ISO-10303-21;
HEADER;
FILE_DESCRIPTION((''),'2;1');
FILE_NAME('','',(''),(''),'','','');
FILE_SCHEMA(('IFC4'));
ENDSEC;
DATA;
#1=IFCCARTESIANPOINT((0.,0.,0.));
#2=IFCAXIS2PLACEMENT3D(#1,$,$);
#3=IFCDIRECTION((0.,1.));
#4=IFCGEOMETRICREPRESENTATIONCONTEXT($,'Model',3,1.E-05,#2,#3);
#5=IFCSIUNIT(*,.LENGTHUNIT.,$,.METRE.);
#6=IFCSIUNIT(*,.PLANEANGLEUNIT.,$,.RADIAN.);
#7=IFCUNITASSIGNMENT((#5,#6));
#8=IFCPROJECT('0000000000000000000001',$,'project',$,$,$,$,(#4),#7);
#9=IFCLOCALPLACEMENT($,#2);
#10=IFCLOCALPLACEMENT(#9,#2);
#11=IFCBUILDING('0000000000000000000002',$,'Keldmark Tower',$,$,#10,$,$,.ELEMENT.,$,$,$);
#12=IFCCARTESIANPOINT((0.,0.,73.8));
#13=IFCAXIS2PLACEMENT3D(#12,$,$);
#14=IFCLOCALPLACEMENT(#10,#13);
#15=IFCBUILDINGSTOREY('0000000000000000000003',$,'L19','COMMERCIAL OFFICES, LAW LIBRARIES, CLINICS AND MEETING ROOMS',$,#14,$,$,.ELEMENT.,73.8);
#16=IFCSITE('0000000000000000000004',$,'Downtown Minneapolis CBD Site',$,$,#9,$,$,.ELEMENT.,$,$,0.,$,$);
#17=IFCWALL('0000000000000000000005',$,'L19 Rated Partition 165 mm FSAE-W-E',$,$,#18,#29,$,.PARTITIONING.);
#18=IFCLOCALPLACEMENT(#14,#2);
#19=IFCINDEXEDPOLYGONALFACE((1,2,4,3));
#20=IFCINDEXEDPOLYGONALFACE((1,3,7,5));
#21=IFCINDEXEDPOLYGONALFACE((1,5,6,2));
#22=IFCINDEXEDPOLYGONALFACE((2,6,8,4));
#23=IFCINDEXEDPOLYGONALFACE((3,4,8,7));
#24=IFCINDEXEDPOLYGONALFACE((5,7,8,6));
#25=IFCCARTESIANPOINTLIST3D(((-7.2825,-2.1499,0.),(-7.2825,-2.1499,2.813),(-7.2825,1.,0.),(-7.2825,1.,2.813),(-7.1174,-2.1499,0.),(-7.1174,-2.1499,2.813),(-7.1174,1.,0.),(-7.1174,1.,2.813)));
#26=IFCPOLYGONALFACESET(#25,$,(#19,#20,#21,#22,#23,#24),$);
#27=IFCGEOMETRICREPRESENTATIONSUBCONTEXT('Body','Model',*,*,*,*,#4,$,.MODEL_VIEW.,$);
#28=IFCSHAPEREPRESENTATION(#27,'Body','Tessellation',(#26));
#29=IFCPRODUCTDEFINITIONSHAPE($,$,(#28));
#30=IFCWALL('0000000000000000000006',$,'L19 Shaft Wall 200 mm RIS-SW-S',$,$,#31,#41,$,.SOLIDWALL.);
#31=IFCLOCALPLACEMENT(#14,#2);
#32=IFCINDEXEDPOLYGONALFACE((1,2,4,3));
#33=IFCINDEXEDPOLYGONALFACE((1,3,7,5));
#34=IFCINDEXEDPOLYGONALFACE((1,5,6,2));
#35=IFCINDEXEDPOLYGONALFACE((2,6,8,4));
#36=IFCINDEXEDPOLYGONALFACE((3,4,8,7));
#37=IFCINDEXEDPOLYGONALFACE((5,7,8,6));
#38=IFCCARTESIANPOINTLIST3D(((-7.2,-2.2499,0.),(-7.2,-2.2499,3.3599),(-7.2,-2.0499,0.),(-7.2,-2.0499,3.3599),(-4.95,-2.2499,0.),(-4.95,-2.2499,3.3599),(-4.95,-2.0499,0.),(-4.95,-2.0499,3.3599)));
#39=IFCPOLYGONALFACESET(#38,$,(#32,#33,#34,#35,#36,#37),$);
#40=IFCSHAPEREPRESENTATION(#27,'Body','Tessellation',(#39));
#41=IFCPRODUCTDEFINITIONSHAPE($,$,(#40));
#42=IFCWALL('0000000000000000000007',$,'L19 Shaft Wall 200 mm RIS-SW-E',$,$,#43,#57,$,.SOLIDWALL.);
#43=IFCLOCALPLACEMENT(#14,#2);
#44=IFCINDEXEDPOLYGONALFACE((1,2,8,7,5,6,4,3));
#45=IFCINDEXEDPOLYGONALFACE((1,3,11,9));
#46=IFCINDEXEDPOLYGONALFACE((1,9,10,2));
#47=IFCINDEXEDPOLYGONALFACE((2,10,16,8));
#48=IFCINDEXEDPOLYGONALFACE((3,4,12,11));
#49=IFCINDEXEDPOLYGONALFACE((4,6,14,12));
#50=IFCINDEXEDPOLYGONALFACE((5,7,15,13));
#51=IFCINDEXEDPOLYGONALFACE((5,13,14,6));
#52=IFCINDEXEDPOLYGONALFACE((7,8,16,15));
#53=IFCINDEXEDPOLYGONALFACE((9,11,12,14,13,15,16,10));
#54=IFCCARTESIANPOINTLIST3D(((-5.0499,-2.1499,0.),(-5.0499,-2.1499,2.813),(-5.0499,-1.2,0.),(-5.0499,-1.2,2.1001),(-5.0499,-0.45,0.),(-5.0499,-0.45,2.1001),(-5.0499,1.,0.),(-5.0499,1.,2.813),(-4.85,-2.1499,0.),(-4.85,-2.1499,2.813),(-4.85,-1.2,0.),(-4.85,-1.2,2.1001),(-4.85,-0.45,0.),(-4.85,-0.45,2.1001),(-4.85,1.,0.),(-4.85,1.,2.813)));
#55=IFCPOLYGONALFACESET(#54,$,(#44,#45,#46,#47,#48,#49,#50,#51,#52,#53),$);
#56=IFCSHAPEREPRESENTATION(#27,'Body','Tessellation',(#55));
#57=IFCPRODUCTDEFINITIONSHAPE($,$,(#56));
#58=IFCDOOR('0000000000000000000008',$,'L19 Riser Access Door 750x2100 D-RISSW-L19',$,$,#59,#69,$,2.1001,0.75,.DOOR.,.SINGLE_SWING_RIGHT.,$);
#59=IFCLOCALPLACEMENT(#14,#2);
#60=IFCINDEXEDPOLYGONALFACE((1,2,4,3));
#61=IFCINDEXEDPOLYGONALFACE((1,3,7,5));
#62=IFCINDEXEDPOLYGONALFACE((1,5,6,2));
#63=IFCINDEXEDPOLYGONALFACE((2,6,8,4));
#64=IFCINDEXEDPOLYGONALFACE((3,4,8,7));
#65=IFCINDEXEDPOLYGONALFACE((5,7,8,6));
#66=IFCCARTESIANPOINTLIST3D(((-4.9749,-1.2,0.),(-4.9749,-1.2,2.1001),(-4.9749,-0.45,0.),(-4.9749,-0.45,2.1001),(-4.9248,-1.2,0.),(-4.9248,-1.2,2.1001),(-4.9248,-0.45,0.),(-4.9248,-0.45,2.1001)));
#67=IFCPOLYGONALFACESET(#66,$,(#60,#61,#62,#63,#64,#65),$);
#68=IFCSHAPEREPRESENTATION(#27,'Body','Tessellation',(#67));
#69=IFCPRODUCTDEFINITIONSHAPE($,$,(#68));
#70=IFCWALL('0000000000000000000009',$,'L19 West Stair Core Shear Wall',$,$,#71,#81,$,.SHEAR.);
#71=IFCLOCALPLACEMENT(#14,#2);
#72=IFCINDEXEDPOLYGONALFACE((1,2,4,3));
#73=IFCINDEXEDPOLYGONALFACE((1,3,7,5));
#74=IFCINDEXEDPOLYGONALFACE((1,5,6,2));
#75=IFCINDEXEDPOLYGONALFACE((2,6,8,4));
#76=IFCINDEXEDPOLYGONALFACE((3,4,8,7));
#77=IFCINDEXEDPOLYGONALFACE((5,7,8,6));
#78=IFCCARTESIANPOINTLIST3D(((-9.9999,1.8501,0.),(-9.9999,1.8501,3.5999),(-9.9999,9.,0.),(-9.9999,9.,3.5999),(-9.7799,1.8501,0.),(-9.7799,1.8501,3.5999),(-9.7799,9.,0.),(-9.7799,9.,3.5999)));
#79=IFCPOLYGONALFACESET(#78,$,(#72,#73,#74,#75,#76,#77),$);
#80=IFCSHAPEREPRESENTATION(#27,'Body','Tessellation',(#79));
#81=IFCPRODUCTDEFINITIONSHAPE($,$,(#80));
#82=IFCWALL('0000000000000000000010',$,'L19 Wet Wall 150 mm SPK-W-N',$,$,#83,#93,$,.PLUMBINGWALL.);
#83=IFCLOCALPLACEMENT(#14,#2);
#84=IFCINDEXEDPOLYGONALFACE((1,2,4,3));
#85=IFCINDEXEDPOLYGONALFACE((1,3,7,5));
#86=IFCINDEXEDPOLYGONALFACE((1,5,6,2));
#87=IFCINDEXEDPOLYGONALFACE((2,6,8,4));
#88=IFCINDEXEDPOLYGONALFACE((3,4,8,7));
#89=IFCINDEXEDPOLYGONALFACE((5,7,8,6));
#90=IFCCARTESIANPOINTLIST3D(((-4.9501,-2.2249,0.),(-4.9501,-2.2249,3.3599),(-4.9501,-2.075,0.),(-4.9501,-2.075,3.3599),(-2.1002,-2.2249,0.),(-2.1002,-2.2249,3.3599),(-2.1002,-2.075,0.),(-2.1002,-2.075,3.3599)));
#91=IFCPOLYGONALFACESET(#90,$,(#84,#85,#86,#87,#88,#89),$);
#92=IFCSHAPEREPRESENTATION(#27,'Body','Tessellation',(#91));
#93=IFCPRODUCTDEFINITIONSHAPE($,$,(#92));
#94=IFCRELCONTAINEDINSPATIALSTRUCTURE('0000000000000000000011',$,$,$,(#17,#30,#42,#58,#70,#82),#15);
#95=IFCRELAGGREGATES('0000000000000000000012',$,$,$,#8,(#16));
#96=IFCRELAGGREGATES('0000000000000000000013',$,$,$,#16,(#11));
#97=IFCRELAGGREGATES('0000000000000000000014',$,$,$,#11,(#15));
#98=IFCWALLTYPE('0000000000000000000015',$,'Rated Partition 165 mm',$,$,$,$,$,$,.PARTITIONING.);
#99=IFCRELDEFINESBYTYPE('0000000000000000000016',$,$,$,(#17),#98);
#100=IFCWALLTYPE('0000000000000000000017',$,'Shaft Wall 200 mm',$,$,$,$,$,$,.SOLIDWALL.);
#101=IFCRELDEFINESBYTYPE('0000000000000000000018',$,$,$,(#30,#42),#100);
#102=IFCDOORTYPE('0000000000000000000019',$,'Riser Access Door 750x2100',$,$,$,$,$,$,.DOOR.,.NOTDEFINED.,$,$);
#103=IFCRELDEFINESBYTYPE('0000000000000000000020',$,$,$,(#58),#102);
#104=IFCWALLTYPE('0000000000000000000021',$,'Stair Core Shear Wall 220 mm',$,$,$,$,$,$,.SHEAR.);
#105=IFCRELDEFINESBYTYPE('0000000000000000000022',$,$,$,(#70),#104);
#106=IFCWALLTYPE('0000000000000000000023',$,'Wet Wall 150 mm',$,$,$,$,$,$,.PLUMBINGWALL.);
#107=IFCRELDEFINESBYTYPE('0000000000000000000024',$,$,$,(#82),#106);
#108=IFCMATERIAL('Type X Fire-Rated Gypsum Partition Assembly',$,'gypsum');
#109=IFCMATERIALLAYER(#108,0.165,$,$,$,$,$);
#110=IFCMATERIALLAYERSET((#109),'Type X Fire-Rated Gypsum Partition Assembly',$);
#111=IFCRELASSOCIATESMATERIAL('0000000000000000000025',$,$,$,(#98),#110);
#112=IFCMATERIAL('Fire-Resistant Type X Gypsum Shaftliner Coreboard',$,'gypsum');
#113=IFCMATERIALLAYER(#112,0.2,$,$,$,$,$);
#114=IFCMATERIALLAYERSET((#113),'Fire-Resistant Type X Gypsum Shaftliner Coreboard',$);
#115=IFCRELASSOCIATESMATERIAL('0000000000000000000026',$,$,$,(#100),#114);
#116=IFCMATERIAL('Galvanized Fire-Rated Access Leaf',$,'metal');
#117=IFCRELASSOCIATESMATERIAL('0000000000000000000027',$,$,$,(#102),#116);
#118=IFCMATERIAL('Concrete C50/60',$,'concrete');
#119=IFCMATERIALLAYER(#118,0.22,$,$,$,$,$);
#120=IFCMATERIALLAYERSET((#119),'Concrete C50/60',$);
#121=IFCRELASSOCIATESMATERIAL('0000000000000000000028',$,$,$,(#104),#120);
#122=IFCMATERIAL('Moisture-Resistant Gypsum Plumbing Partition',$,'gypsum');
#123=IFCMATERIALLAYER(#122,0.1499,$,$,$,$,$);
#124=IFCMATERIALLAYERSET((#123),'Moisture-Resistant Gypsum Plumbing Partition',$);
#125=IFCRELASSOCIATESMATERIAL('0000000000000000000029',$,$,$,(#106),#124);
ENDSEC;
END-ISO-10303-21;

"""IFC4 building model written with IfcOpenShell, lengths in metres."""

from ifc_helpers import new_model, si_unit, direction, frame, frame_2d, origin, place, context, subcontext, project, spatial, rectangle, extrude, material, layer, layer_set, type_object, element, fill, save


model = new_model("IFC4")

# Units and contexts
model_context = context("Model", 3, precision=1e-05, world=origin(), true_north=direction((0.0, 1.0)))
body_context = subcontext(model_context, "Body", "Model", "MODEL_VIEW")
ifc_project = project(units=[si_unit("LENGTHUNIT", "METRE"), si_unit("PLANEANGLEUNIT", "RADIAN")], contexts=[model_context])

# Site, building, storey
site_placement = place(None, origin())
site = spatial("IfcSite", under=ifc_project, at=site_placement, Name="Downtown Minneapolis CBD Site", CompositionType="ELEMENT", RefElevation=0.0)
building_placement = place(site_placement, origin())
building = spatial("IfcBuilding", under=site, at=building_placement, Name="Keldmark Tower", CompositionType="ELEMENT")
storey_placement = place(building_placement, frame((0.0, 0.0, 73.8)))
storey = spatial("IfcBuildingStorey", under=building, at=storey_placement, Name="L19", Description="COMMERCIAL OFFICES, LAW LIBRARIES, CLINICS AND MEETING ROOMS", CompositionType="ELEMENT", Elevation=73.8)

# Shared definitions
ifc_material_1 = material(Name="Type X Fire-Rated Gypsum Partition Assembly", Category="gypsum")
ifc_layer_1 = layer(ifc_material_1, 0.165)
ifc_layer_set_1 = layer_set([ifc_layer_1], Name="Type X Fire-Rated Gypsum Partition Assembly")
wall_type_1 = type_object("IfcWallType", Name="Rated Partition 165 mm", PredefinedType="PARTITIONING", material=ifc_layer_set_1)

# Walls
wall_1_placement = place(storey_placement, frame((-7.2, -2.1499, 0.0), z_axis=(0.0, 0.0, 1.0), x_axis=(0.0, 1.0, 0.0)))
element("IfcWall", 1, at=wall_1_placement, inside=storey, type_object=wall_type_1, Name="L19 Rated Partition 165 mm FSAE-W-E", PredefinedType="PARTITIONING", context=body_context, shape_type="SweptSolid", body=[
    extrude(rectangle(XDim=3.1499, YDim=0.165, at=frame_2d((1.575, 0.0))), origin(), (0.0, 0.0, 1.0), 2.813),
])
ifc_material_2 = material(Name="Fire-Resistant Type X Gypsum Shaftliner Coreboard", Category="gypsum")
ifc_layer_2 = layer(ifc_material_2, 0.2)
ifc_layer_set_2 = layer_set([ifc_layer_2], Name="Fire-Resistant Type X Gypsum Shaftliner Coreboard")
wall_type_2 = type_object("IfcWallType", Name="Shaft Wall 200 mm", PredefinedType="SOLIDWALL", material=ifc_layer_set_2)
wall_2_placement = place(storey_placement, frame((-7.2, -2.1499, 0.0), z_axis=(0.0, 0.0, 1.0), x_axis=(1.0, 0.0, 0.0)))
element("IfcWall", 2, at=wall_2_placement, inside=storey, type_object=wall_type_2, Name="L19 Shaft Wall 200 mm RIS-SW-S", PredefinedType="SOLIDWALL", context=body_context, shape_type="SweptSolid", body=[
    extrude(rectangle(XDim=2.25, YDim=0.2, at=frame_2d((1.125, 0.0))), origin(), (0.0, 0.0, 1.0), 3.3599),
])

# Wall, opening, door
wall_3_placement = place(storey_placement, frame((-4.95, -2.1499, 0.0), z_axis=(0.0, 0.0, 1.0), x_axis=(0.0, 1.0, 0.0)))
wall_3 = element("IfcWall", 3, at=wall_3_placement, inside=storey, type_object=wall_type_2, Name="L19 Shaft Wall 200 mm RIS-SW-E", PredefinedType="SOLIDWALL", context=body_context, shape_type="SweptSolid", body=[
    extrude(rectangle(XDim=3.1499, YDim=0.2, at=frame_2d((1.575, 0.0))), origin(), (0.0, 0.0, 1.0), 2.813),
])
opening_1_placement = place(wall_3_placement, frame((0.95, 0.0, 0.0)))
opening_1 = element("IfcOpeningElement", 4, at=opening_1_placement, cuts=wall_3, PredefinedType="OPENING", context=body_context, shape_type="SweptSolid", body=[
    extrude(rectangle(XDim=0.75, YDim=2.1001, at=frame_2d((0.375, 1.05))), frame((0.0, 0.1099, 0.0), z_axis=(0.0, -1.0, 0.0), x_axis=(1.0, 0.0, 0.0)), (0.0, 0.0, 1.0), 0.22),
])
ifc_material_3 = material(Name="Galvanized Fire-Rated Access Leaf", Category="metal")
door_type_1 = type_object("IfcDoorType", Name="Riser Access Door 750x2100", OperationType="NOTDEFINED", PredefinedType="DOOR", material=ifc_material_3)
door_1_placement = place(opening_1_placement, origin())
door_1 = element("IfcDoor", 5, at=door_1_placement, inside=storey, type_object=door_type_1, Name="L19 Riser Access Door 750x2100 D-RISSW-L19", OperationType="SINGLE_SWING_RIGHT", OverallHeight=2.1001, OverallWidth=0.75, PredefinedType="DOOR", context=body_context, shape_type="SweptSolid", body=[
    extrude(rectangle(XDim=0.75, YDim=2.1001, at=frame_2d((0.375, 1.05))), frame((0.0, 0.0249, 0.0), z_axis=(0.0, -1.0, 0.0), x_axis=(1.0, 0.0, 0.0)), (0.0, 0.0, 1.0), 0.05),
])
fill(opening_1, door_1)

# Walls
ifc_material_4 = material(Name="Concrete C50/60", Category="concrete")
ifc_layer_3 = layer(ifc_material_4, 0.22)
ifc_layer_set_3 = layer_set([ifc_layer_3], Name="Concrete C50/60")
wall_type_3 = type_object("IfcWallType", Name="Stair Core Shear Wall 220 mm", PredefinedType="SHEAR", material=ifc_layer_set_3)
wall_4_placement = place(storey_placement, frame((-9.8899, 1.8501, 0.0), z_axis=(0.0, 0.0, 1.0), x_axis=(0.0, 1.0, 0.0)))
element("IfcWall", 6, at=wall_4_placement, inside=storey, type_object=wall_type_3, Name="L19 West Stair Core Shear Wall", PredefinedType="SHEAR", context=body_context, shape_type="SweptSolid", body=[
    extrude(rectangle(XDim=7.1499, YDim=0.22, at=frame_2d((3.575, 0.0))), origin(), (0.0, 0.0, 1.0), 3.5999),
])
ifc_material_5 = material(Name="Moisture-Resistant Gypsum Plumbing Partition", Category="gypsum")
ifc_layer_4 = layer(ifc_material_5, 0.1499)
ifc_layer_set_4 = layer_set([ifc_layer_4], Name="Moisture-Resistant Gypsum Plumbing Partition")
wall_type_4 = type_object("IfcWallType", Name="Wet Wall 150 mm", PredefinedType="PLUMBINGWALL", material=ifc_layer_set_4)
wall_5_placement = place(storey_placement, frame((-4.95, -2.1499, 0.0), z_axis=(0.0, 0.0, 1.0), x_axis=(1.0, 0.0, 0.0)))
element("IfcWall", 7, at=wall_5_placement, inside=storey, type_object=wall_type_4, Name="L19 Wet Wall 150 mm SPK-W-N", PredefinedType="PLUMBINGWALL", context=body_context, shape_type="SweptSolid", body=[
    extrude(rectangle(XDim=2.8499, YDim=0.1499, at=frame_2d((1.4248, 0.0))), origin(), (0.0, 0.0, 1.0), 3.3599),
])

save(model, "model.ifc")
